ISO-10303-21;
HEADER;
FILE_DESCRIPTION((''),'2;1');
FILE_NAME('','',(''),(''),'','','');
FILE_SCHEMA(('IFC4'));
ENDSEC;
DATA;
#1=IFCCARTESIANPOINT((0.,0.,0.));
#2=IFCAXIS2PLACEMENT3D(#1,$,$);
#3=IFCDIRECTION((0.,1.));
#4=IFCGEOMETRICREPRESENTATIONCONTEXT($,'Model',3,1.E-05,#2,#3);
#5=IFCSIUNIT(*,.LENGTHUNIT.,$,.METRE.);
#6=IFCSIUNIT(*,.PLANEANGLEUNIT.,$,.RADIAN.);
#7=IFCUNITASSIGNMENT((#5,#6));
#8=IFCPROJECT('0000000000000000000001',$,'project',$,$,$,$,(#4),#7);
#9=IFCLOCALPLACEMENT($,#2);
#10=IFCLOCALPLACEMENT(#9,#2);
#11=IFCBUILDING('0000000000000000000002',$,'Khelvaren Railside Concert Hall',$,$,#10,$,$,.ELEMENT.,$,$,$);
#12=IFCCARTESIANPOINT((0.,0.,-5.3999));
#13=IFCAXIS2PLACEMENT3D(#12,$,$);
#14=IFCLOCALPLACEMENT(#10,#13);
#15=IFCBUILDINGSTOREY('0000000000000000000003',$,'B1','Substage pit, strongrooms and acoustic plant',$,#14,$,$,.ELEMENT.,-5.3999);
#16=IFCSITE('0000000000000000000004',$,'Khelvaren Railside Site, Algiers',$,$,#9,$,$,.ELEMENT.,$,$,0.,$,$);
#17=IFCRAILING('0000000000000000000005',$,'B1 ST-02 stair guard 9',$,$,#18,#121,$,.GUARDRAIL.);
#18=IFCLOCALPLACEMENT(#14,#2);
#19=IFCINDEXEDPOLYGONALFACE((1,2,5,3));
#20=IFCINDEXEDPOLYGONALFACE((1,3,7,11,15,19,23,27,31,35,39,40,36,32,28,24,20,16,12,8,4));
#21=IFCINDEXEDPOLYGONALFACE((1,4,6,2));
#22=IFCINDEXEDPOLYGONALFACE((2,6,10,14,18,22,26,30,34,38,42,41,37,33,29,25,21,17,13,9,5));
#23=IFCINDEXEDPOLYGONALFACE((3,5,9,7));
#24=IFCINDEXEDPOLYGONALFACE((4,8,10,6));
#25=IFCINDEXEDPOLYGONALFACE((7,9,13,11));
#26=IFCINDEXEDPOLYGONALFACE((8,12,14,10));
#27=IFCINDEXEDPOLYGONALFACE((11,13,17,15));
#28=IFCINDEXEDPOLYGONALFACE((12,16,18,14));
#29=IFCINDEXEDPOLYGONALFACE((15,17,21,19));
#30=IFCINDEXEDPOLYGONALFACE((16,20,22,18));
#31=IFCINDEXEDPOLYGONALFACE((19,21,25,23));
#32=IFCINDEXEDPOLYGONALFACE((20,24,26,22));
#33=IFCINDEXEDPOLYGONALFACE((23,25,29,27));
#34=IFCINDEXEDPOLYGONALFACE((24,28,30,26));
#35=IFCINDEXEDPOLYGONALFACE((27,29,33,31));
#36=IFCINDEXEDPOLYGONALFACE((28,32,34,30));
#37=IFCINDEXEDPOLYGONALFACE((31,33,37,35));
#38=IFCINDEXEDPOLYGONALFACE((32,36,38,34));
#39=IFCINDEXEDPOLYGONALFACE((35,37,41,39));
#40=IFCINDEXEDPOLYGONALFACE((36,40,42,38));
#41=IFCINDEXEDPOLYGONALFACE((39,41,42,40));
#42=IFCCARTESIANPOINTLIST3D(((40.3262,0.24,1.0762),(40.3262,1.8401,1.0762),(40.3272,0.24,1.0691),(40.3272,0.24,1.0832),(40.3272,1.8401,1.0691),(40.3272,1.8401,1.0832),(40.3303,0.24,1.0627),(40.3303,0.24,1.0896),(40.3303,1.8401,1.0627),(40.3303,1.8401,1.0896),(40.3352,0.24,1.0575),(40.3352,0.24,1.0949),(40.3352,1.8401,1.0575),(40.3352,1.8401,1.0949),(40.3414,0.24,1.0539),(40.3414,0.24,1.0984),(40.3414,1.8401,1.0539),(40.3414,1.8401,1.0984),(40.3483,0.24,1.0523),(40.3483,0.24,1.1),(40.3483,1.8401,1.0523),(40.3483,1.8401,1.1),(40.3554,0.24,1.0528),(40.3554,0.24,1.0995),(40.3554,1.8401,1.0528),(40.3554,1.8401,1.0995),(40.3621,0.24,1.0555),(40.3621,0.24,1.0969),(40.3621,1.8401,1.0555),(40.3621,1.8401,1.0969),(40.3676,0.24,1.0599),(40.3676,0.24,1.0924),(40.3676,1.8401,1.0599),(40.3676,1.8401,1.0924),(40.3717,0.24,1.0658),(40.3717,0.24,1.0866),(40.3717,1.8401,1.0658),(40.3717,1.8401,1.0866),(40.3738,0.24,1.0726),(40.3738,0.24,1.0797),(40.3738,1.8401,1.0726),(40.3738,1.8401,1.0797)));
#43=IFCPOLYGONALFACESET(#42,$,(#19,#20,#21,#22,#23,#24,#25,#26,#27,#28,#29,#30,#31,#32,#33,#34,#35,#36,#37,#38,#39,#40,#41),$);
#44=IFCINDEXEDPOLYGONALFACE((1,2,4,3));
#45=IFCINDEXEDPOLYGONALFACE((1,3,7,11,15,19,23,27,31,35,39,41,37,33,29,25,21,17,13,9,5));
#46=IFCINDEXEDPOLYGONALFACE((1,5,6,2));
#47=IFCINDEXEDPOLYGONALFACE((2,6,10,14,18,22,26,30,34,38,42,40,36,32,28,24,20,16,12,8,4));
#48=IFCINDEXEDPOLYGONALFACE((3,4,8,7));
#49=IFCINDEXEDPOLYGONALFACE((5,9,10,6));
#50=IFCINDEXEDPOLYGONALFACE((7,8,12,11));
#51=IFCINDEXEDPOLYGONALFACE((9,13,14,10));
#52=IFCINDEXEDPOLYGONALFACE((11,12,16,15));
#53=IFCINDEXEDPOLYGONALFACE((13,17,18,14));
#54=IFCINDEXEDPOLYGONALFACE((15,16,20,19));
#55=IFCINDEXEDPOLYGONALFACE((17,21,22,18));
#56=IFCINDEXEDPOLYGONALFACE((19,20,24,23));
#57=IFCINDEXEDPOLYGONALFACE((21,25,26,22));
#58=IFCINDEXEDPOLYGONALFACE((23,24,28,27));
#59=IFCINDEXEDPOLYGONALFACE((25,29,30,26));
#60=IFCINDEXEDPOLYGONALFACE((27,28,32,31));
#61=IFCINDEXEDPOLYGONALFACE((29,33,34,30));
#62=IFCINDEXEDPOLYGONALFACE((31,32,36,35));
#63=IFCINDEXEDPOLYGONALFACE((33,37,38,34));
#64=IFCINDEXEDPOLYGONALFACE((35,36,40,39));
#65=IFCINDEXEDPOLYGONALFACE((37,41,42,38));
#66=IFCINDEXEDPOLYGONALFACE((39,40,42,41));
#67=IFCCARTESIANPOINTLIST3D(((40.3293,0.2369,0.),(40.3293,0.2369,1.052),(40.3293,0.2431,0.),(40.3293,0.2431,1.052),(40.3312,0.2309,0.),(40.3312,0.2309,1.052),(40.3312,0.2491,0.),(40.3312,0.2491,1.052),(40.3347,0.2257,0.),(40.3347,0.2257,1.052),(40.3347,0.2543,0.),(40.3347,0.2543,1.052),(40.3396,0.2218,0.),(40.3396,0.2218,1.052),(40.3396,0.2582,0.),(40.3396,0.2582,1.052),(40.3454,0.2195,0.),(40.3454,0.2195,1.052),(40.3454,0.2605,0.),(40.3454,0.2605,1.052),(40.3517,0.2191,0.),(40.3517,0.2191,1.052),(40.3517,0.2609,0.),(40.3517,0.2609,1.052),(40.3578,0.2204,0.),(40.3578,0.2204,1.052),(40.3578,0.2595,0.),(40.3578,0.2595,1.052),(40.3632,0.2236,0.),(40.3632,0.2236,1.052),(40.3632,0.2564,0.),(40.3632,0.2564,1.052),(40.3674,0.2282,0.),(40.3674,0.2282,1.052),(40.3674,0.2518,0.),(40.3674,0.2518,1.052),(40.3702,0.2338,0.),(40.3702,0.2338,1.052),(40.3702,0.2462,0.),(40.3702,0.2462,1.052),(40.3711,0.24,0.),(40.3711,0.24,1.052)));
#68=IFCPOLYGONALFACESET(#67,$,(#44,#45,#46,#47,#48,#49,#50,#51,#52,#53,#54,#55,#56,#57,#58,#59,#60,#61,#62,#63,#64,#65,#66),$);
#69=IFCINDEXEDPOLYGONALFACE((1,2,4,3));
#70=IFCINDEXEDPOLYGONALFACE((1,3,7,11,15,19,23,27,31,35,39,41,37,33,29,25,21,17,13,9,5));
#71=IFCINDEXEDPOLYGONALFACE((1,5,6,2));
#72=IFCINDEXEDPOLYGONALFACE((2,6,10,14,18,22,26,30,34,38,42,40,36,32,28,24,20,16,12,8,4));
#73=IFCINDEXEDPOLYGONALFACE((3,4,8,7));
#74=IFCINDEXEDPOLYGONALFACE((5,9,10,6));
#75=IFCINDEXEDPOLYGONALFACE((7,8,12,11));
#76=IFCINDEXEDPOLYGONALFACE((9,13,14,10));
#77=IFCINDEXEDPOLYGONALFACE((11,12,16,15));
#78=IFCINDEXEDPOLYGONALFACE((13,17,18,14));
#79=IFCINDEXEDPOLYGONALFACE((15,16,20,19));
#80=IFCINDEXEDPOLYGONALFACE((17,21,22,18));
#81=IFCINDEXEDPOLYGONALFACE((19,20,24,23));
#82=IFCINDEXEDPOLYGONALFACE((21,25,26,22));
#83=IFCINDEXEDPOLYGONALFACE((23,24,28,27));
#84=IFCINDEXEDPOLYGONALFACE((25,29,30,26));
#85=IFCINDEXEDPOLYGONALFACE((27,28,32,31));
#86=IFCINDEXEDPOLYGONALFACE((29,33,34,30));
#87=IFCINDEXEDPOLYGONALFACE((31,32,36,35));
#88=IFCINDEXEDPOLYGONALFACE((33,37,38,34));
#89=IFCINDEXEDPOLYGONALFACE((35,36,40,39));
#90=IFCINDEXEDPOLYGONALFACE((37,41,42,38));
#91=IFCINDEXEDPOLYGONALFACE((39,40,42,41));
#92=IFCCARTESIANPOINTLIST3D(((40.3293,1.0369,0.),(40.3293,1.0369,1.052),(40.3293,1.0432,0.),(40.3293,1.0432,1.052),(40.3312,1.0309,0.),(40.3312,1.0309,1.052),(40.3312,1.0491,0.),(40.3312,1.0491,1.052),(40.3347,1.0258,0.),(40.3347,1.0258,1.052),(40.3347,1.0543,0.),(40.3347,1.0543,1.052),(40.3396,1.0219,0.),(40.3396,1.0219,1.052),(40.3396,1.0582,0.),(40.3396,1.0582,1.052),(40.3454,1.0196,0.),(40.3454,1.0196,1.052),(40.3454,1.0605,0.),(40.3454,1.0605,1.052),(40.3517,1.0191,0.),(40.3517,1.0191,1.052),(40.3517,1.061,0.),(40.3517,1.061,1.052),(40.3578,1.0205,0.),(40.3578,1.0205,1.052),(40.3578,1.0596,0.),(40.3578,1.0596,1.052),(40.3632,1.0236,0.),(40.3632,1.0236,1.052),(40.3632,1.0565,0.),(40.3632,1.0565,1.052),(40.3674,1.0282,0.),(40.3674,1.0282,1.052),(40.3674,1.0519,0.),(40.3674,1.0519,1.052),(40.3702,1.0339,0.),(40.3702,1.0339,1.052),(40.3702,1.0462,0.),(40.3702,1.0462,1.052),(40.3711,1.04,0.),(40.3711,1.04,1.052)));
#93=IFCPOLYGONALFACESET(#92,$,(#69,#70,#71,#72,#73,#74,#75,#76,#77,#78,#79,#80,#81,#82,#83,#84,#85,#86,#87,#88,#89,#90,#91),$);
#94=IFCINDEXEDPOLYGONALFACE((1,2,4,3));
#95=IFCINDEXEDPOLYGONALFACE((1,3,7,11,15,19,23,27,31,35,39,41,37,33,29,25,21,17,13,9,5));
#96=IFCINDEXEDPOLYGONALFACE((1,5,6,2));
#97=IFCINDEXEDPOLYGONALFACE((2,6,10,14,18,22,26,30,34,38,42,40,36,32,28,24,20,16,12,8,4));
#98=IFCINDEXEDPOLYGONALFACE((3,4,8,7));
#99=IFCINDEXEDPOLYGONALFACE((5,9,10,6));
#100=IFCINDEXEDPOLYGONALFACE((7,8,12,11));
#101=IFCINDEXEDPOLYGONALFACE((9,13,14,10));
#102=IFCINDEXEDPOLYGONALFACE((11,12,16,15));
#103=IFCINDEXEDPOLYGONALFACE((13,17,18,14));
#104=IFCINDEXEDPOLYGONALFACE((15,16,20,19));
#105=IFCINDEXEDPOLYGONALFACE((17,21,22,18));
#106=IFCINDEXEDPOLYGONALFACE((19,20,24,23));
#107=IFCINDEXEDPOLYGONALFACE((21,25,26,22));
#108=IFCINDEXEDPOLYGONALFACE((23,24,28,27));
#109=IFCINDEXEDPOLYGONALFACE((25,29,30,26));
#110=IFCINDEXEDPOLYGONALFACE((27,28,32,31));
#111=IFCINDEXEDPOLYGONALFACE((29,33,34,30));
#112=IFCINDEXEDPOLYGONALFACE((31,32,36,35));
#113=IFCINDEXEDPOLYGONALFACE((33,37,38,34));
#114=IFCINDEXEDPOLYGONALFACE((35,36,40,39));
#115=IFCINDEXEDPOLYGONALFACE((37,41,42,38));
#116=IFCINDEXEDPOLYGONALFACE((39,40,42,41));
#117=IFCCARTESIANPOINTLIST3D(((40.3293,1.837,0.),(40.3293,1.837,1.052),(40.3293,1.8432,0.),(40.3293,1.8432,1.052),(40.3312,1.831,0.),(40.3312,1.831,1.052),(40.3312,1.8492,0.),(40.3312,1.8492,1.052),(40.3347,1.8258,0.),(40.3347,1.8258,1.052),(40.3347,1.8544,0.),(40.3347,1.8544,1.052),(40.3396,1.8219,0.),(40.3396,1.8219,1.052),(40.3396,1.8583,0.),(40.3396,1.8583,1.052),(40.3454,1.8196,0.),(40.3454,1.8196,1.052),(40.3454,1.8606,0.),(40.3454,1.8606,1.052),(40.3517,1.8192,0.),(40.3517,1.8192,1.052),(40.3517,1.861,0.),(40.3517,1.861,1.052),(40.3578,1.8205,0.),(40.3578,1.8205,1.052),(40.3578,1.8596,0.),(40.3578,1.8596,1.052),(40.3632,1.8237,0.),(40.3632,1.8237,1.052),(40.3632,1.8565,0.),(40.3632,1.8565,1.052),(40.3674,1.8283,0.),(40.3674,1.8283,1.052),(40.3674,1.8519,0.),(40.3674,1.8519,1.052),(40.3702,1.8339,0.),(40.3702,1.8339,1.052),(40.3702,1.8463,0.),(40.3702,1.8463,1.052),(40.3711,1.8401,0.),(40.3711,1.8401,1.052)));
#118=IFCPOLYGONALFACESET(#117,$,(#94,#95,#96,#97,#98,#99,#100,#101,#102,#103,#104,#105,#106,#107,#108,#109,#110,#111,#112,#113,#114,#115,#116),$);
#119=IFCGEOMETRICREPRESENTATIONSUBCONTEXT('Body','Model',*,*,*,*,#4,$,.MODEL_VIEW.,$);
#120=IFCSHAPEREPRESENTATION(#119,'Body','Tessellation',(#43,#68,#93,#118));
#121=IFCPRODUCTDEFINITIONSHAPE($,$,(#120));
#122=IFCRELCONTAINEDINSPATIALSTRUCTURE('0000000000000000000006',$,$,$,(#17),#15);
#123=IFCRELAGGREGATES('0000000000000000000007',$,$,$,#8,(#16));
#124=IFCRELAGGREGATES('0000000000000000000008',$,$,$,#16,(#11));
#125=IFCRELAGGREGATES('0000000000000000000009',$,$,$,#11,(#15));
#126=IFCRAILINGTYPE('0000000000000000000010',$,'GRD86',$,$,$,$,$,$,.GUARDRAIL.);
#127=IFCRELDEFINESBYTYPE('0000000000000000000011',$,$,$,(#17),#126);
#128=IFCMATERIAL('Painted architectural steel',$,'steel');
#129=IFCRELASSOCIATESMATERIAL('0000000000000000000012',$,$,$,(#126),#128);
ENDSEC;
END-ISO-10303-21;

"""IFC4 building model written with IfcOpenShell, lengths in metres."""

from ifc_helpers import new_model, si_unit, direction, frame, origin, origin_2d, place, context, subcontext, project, spatial, circle, extrude, material, type_object, element, save


model = new_model("IFC4")

# Units and contexts
model_context = context("Model", 3, precision=1e-05, world=origin(), true_north=direction((0.0, 1.0)))
body_context = subcontext(model_context, "Body", "Model", "MODEL_VIEW")
ifc_project = project(units=[si_unit("LENGTHUNIT", "METRE"), si_unit("PLANEANGLEUNIT", "RADIAN")], contexts=[model_context])

# Site, building, storey
site_placement = place(None, origin())
site = spatial("IfcSite", under=ifc_project, at=site_placement, Name="Khelvaren Railside Site, Algiers", CompositionType="ELEMENT", RefElevation=0.0)
building_placement = place(site_placement, origin())
building = spatial("IfcBuilding", under=site, at=building_placement, Name="Khelvaren Railside Concert Hall", CompositionType="ELEMENT")
storey_placement = place(building_placement, frame((0.0, 0.0, -5.3999)))
storey = spatial("IfcBuildingStorey", under=building, at=storey_placement, Name="B1", Description="Substage pit, strongrooms and acoustic plant", CompositionType="ELEMENT", Elevation=-5.3999)

# Railing
ifc_material_1 = material(Name="Painted architectural steel", Category="steel")
railing_type_1 = type_object("IfcRailingType", Name="GRD86", PredefinedType="GUARDRAIL", material=ifc_material_1)
for number, where, name in (
    (1, (40.3501, 0.24, 0.0), "B1 ST-02 stair guard 9"),
):
    element("IfcRailing", number, at=place(storey_placement, frame(where)), inside=storey, type_object=railing_type_1, Name=name, PredefinedType="GUARDRAIL", context=body_context, shape_type="SweptSolid", body=[
        extrude(circle(Radius=0.0239, at=origin_2d()), frame((0.0, 0.0, 1.0762), z_axis=(0.0, 1.0, 0.0), x_axis=(-1.0, 0.0, 0.0)), (0.0, 0.0, 1.0), 1.6001),
        extrude(circle(Radius=0.021, at=origin_2d()), origin(), (0.0, 0.0, 1.0), 1.052),
        extrude(circle(Radius=0.021, at=origin_2d()), frame((0.0, 0.8, 0.0)), (0.0, 0.0, 1.0), 1.052),
        extrude(circle(Radius=0.021, at=origin_2d()), frame((0.0, 1.6001, 0.0)), (0.0, 0.0, 1.0), 1.052),
    ])

save(model, "model.ifc")
